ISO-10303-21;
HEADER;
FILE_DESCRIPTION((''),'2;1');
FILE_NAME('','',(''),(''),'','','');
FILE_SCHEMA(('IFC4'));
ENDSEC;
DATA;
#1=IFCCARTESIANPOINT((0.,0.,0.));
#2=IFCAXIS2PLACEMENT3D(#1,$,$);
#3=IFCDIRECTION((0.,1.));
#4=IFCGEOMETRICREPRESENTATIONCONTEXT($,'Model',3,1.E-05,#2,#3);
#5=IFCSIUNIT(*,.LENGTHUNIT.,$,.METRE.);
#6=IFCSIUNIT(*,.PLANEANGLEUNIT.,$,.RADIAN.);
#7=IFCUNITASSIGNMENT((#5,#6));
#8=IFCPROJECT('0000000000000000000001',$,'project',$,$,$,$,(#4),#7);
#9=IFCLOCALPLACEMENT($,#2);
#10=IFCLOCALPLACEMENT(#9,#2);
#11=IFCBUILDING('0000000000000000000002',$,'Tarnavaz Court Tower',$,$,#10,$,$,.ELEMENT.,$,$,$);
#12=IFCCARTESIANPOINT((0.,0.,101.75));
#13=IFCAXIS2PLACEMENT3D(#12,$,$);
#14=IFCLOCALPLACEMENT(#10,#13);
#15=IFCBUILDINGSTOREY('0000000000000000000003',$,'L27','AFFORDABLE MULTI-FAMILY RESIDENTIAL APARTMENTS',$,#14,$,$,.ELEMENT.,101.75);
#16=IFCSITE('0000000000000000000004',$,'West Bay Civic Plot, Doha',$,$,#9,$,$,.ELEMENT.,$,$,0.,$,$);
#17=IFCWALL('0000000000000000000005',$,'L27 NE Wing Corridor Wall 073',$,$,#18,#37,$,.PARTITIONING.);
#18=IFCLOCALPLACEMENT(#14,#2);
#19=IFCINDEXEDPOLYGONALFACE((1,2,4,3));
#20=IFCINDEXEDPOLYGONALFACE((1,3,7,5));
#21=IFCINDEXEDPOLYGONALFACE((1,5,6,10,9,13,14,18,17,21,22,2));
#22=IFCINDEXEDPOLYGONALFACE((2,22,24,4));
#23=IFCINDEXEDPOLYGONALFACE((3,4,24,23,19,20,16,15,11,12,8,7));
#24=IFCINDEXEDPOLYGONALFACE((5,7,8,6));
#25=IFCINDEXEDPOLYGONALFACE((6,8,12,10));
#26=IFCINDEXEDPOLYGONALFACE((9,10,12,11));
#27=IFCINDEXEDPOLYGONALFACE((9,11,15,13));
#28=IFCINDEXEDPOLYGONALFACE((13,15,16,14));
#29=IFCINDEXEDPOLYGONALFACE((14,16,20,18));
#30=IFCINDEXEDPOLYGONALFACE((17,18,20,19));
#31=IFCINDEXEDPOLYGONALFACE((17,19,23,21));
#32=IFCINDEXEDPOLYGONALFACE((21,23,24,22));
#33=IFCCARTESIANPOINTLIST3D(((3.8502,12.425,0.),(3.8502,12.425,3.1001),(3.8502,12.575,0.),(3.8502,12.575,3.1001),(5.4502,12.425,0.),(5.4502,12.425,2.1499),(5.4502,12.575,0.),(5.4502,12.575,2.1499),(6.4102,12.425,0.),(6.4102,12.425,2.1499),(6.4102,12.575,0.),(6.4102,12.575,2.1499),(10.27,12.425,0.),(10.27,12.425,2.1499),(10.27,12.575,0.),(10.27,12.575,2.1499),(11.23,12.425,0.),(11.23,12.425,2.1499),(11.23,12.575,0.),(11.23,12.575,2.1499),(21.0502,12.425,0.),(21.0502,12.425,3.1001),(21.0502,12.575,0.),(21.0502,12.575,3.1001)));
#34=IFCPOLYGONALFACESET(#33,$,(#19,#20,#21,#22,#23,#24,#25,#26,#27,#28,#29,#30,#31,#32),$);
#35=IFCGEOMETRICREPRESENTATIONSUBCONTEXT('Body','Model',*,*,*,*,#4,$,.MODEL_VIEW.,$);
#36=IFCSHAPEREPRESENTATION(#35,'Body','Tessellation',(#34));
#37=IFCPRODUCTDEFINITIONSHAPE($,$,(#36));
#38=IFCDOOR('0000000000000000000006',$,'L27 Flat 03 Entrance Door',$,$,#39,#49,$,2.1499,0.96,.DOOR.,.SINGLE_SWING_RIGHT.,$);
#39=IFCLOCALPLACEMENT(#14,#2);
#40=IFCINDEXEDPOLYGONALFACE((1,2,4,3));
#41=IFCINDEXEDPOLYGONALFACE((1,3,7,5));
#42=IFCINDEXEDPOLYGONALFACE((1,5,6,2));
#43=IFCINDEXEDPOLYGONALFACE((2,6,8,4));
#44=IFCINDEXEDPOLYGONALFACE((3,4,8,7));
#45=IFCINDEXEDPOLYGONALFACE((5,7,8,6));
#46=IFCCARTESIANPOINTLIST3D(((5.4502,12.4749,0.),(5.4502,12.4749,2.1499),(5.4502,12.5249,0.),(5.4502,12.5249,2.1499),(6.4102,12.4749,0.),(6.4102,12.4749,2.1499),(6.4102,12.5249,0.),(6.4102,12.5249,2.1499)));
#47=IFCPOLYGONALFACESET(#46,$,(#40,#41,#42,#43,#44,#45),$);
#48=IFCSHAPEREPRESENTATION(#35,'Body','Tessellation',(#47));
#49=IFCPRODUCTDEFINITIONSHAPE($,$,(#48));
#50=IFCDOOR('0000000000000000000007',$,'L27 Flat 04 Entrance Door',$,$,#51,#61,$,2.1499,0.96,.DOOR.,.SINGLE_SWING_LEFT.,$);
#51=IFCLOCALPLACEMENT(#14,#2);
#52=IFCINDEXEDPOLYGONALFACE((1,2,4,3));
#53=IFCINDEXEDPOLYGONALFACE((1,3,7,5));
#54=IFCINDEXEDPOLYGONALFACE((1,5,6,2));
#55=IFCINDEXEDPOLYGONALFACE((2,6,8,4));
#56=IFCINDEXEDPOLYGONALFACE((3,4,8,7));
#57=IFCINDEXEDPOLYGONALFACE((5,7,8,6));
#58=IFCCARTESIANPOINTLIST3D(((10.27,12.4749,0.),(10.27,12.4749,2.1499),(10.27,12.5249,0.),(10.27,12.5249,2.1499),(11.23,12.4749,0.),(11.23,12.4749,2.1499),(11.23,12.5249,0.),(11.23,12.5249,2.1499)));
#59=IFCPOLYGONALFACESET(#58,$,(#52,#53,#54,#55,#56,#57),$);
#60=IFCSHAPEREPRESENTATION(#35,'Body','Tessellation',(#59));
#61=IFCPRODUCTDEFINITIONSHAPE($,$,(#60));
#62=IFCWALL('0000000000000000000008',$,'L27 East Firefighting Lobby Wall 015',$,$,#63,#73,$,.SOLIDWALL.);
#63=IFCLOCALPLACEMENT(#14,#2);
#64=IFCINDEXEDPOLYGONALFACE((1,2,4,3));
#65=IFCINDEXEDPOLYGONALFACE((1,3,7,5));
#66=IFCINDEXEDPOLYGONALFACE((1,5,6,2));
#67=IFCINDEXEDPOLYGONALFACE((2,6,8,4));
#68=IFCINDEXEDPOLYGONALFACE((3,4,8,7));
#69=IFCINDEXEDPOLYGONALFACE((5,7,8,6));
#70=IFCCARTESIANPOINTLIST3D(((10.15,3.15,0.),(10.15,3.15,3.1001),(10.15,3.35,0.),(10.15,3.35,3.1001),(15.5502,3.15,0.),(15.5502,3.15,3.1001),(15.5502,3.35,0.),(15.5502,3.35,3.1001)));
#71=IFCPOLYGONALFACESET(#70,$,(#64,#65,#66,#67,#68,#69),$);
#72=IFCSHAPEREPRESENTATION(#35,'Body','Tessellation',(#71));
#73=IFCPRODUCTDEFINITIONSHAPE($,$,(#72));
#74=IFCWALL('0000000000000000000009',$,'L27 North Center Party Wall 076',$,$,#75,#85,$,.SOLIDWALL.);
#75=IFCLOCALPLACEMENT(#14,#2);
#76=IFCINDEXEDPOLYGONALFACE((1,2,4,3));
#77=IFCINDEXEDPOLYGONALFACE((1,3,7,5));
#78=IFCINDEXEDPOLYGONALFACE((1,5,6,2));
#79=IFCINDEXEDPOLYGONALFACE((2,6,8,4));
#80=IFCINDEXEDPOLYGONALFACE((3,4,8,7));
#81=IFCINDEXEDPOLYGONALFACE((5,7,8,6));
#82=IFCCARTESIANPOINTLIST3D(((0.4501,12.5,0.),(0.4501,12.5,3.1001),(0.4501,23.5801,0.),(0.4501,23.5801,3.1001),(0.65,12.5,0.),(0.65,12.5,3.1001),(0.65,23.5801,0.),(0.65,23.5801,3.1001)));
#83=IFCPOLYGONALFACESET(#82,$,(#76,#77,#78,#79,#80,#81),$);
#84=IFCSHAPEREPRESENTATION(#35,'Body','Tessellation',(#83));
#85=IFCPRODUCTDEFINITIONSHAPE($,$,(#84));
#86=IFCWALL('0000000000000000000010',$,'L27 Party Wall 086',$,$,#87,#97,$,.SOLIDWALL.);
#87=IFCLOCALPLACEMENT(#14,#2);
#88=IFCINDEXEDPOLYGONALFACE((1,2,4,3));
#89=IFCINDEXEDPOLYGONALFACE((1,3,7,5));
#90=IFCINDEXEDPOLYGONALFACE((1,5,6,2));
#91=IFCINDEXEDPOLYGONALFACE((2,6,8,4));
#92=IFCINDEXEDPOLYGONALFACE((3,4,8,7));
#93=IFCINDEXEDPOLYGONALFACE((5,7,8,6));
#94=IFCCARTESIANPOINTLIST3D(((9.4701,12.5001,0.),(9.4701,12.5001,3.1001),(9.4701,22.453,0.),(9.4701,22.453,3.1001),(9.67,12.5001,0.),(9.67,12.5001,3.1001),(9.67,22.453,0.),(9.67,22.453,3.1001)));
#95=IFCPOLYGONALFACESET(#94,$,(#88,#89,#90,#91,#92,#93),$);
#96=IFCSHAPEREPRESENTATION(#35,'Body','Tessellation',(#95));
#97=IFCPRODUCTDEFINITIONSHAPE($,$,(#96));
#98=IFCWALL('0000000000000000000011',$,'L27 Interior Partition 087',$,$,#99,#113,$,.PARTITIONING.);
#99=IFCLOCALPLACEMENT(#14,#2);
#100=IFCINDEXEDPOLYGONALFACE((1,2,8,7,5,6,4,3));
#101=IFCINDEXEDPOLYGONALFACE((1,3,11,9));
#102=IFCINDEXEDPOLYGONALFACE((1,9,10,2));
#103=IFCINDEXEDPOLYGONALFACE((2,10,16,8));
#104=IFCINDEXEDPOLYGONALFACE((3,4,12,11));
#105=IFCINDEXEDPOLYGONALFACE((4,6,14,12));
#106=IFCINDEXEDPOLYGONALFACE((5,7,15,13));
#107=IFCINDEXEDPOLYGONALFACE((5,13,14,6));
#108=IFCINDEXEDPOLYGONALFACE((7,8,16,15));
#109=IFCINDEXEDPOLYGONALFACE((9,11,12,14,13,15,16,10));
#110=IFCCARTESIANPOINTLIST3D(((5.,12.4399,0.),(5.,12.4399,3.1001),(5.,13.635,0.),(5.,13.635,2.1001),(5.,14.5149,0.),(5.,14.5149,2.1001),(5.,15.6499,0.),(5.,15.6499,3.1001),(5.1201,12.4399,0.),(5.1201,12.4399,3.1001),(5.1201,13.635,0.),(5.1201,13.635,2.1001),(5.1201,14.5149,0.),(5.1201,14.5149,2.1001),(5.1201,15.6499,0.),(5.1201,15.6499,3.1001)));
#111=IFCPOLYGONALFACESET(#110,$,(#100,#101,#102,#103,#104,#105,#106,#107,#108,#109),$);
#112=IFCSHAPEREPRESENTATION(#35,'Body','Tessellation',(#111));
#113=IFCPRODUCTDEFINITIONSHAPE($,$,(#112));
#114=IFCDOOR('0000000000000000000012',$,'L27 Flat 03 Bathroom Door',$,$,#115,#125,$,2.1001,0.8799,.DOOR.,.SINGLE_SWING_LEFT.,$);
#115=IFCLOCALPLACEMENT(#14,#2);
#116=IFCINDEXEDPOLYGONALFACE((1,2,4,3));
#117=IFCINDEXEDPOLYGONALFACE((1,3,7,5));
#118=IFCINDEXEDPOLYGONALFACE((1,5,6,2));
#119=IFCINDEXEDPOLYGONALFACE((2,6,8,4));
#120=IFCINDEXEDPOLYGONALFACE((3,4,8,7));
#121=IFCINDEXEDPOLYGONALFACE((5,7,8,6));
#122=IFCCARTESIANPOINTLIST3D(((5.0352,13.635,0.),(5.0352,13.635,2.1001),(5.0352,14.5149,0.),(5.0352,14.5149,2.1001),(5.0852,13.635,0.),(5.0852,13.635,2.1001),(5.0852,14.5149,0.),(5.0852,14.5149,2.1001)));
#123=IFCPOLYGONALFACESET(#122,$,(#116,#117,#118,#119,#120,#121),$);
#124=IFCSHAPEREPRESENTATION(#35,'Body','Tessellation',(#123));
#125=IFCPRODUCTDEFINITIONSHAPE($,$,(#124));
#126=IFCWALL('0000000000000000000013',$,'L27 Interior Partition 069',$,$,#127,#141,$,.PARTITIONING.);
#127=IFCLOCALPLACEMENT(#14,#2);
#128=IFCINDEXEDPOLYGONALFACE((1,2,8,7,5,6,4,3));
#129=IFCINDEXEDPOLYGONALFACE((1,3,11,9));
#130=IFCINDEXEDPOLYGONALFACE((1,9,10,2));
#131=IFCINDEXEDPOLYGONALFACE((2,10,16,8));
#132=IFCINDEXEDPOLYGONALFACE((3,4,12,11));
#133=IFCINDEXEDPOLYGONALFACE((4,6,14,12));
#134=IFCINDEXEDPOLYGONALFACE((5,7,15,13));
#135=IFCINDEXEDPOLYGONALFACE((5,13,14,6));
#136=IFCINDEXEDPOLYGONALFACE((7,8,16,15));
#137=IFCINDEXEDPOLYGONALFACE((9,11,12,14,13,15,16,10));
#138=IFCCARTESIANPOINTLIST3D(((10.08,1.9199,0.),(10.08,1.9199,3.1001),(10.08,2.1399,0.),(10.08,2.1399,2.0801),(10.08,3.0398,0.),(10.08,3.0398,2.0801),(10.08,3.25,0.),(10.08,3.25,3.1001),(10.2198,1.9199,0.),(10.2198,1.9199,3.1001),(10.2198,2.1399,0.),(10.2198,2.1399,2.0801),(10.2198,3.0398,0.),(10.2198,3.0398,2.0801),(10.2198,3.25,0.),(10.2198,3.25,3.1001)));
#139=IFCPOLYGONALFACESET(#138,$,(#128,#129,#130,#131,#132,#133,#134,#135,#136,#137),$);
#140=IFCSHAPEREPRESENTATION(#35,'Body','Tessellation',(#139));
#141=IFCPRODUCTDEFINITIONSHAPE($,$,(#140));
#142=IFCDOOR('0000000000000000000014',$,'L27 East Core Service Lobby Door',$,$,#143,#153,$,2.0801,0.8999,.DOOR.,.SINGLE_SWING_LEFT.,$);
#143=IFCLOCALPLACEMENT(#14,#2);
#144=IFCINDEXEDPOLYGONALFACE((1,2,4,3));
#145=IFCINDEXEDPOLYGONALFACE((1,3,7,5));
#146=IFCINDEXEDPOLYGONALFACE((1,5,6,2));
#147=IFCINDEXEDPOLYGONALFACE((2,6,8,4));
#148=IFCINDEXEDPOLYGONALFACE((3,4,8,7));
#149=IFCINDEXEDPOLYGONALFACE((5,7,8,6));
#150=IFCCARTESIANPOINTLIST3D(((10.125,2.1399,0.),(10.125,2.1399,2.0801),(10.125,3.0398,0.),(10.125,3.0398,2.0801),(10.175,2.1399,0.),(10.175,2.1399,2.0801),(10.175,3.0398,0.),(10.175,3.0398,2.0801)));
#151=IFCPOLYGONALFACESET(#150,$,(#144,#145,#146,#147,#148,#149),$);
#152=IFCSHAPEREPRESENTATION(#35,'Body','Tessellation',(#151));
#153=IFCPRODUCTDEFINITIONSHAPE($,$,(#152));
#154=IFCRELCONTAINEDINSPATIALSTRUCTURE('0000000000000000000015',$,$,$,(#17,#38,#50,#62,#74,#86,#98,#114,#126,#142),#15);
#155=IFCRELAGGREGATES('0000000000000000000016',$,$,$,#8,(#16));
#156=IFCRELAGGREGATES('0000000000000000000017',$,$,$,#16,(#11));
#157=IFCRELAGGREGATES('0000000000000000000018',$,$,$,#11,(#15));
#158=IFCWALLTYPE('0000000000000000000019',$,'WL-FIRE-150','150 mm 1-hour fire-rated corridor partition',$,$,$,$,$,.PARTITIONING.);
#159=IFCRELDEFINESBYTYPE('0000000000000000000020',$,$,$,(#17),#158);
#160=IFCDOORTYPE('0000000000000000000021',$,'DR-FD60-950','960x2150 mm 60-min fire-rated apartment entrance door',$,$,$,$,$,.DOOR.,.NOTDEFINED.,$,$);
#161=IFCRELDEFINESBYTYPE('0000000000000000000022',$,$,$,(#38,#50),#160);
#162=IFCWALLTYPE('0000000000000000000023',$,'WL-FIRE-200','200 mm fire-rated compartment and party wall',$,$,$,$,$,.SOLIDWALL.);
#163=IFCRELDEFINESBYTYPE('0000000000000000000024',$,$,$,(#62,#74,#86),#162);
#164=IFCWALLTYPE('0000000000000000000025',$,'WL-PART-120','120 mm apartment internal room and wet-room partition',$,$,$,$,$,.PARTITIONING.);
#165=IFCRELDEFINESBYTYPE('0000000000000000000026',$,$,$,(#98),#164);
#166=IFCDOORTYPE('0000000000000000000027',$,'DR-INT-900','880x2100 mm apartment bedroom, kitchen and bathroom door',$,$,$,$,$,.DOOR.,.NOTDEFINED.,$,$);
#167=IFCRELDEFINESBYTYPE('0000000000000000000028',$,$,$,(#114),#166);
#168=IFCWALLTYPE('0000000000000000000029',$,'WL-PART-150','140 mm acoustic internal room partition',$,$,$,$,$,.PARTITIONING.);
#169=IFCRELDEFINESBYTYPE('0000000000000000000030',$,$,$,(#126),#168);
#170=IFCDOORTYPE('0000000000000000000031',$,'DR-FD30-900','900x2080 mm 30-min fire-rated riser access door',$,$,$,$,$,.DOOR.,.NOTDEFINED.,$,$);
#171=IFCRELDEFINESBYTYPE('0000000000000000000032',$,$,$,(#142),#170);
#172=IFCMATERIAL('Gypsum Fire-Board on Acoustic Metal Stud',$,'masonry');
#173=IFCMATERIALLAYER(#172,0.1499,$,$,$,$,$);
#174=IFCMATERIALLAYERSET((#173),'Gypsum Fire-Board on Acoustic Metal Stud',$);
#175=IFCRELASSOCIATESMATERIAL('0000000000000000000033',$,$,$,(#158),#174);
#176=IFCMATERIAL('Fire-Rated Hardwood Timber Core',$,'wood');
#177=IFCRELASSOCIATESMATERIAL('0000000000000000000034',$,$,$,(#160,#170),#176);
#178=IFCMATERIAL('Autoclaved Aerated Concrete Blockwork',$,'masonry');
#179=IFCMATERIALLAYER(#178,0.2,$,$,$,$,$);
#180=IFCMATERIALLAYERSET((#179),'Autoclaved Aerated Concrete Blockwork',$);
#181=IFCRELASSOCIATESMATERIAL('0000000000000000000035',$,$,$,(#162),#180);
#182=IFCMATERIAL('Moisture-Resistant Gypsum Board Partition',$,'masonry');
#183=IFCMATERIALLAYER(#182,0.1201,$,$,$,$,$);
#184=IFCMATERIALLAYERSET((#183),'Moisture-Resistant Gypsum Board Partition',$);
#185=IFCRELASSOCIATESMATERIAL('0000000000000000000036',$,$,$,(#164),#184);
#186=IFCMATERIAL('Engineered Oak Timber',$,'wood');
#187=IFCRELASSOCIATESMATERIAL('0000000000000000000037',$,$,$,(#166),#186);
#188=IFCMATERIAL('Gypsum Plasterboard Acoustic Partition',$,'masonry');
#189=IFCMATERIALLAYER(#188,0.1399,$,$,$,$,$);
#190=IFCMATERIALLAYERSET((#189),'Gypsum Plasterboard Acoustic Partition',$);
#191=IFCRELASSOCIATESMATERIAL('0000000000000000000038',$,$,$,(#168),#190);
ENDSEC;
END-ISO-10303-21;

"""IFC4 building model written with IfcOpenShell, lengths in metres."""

from ifc_helpers import new_model, si_unit, direction, frame, frame_2d, origin, place, context, subcontext, project, spatial, rectangle, extrude, material, layer, layer_set, type_object, element, fill, save


model = new_model("IFC4")

# Units and contexts
model_context = context("Model", 3, precision=1e-05, world=origin(), true_north=direction((0.0, 1.0)))
body_context = subcontext(model_context, "Body", "Model", "MODEL_VIEW")
ifc_project = project(units=[si_unit("LENGTHUNIT", "METRE"), si_unit("PLANEANGLEUNIT", "RADIAN")], contexts=[model_context])

# Site, building, storey
site_placement = place(None, origin())
site = spatial("IfcSite", under=ifc_project, at=site_placement, Name="West Bay Civic Plot, Doha", CompositionType="ELEMENT", RefElevation=0.0)
building_placement = place(site_placement, origin())
building = spatial("IfcBuilding", under=site, at=building_placement, Name="Tarnavaz Court Tower", CompositionType="ELEMENT")
storey_placement = place(building_placement, frame((0.0, 0.0, 101.75)))
storey = spatial("IfcBuildingStorey", under=building, at=storey_placement, Name="L27", Description="AFFORDABLE MULTI-FAMILY RESIDENTIAL APARTMENTS", CompositionType="ELEMENT", Elevation=101.75)

# Shared definitions
ifc_material_1 = material(Name="Fire-Rated Hardwood Timber Core", Category="wood")

# Wall, openings, doors
ifc_material_2 = material(Name="Gypsum Fire-Board on Acoustic Metal Stud", Category="masonry")
ifc_layer_1 = layer(ifc_material_2, 0.1499)
ifc_layer_set_1 = layer_set([ifc_layer_1], Name="Gypsum Fire-Board on Acoustic Metal Stud")
wall_type_1 = type_object("IfcWallType", Name="WL-FIRE-150", Description="150 mm 1-hour fire-rated corridor partition", PredefinedType="PARTITIONING", material=ifc_layer_set_1)
wall_1_placement = place(storey_placement, frame((3.8501, 12.5, 0.0), z_axis=(0.0, 0.0, 1.0), x_axis=(1.0, 0.0, 0.0)))
wall_1 = element("IfcWall", 1, at=wall_1_placement, inside=storey, type_object=wall_type_1, Name="L27 NE Wing Corridor Wall 073", PredefinedType="PARTITIONING", context=body_context, shape_type="SweptSolid", body=[
    extrude(rectangle(XDim=17.2, YDim=0.1499, at=frame_2d((8.6001, 0.0))), origin(), (0.0, 0.0, 1.0), 3.1001),
])
opening_1_placement = place(wall_1_placement, frame((1.6001, 0.0, 0.0)))
opening_1 = element("IfcOpeningElement", 2, at=opening_1_placement, cuts=wall_1, PredefinedType="OPENING", context=body_context, shape_type="SweptSolid", body=[
    extrude(rectangle(XDim=0.96, YDim=2.1499, at=frame_2d((0.48, 1.075))), frame((0.0, 0.085, 0.0), z_axis=(0.0, -1.0, 0.0), x_axis=(1.0, 0.0, 0.0)), (0.0, 0.0, 1.0), 0.1699),
])
opening_2_placement = place(wall_1_placement, frame((6.4199, 0.0, 0.0)))
opening_2 = element("IfcOpeningElement", 3, at=opening_2_placement, cuts=wall_1, PredefinedType="OPENING", context=body_context, shape_type="SweptSolid", body=[
    extrude(rectangle(XDim=0.96, YDim=2.1499, at=frame_2d((0.48, 1.075))), frame((0.0, 0.085, 0.0), z_axis=(0.0, -1.0, 0.0), x_axis=(1.0, 0.0, 0.0)), (0.0, 0.0, 1.0), 0.1699),
])
door_type_1 = type_object("IfcDoorType", Name="DR-FD60-950", Description="960x2150 mm 60-min fire-rated apartment entrance door", OperationType="NOTDEFINED", PredefinedType="DOOR", material=ifc_material_1)
door_1_placement = place(opening_1_placement, origin())
door_1 = element("IfcDoor", 4, at=door_1_placement, inside=storey, type_object=door_type_1, Name="L27 Flat 03 Entrance Door", OperationType="SINGLE_SWING_RIGHT", OverallHeight=2.1499, OverallWidth=0.96, PredefinedType="DOOR", context=body_context, shape_type="SweptSolid", body=[
    extrude(rectangle(XDim=0.96, YDim=2.1499, at=frame_2d((0.48, 1.075))), frame((0.0, 0.0249, 0.0), z_axis=(0.0, -1.0, 0.0), x_axis=(1.0, 0.0, 0.0)), (0.0, 0.0, 1.0), 0.05),
])
fill(opening_1, door_1)
door_2_placement = place(opening_2_placement, origin())
door_2 = element("IfcDoor", 5, at=door_2_placement, inside=storey, type_object=door_type_1, Name="L27 Flat 04 Entrance Door", OperationType="SINGLE_SWING_LEFT", OverallHeight=2.1499, OverallWidth=0.96, PredefinedType="DOOR", context=body_context, shape_type="SweptSolid", body=[
    extrude(rectangle(XDim=0.96, YDim=2.1499, at=frame_2d((0.48, 1.075))), frame((0.0, 0.0249, 0.0), z_axis=(0.0, -1.0, 0.0), x_axis=(1.0, 0.0, 0.0)), (0.0, 0.0, 1.0), 0.05),
])
fill(opening_2, door_2)

# Wall
ifc_material_3 = material(Name="Autoclaved Aerated Concrete Blockwork", Category="masonry")
ifc_layer_2 = layer(ifc_material_3, 0.2)
ifc_layer_set_2 = layer_set([ifc_layer_2], Name="Autoclaved Aerated Concrete Blockwork")
wall_type_2 = type_object("IfcWallType", Name="WL-FIRE-200", Description="200 mm fire-rated compartment and party wall", PredefinedType="SOLIDWALL", material=ifc_layer_set_2)
wall_2_placement = place(storey_placement, frame((10.1499, 3.25, 0.0), z_axis=(0.0, 0.0, 1.0), x_axis=(1.0, 0.0, 0.0)))
element("IfcWall", 6, at=wall_2_placement, inside=storey, type_object=wall_type_2, Name="L27 East Firefighting Lobby Wall 015", PredefinedType="SOLIDWALL", context=body_context, shape_type="SweptSolid", body=[
    extrude(rectangle(XDim=5.4001, YDim=0.2, at=frame_2d((2.7002, 0.0))), origin(), (0.0, 0.0, 1.0), 3.1001),
])

# Walls
wall_3_placement = place(storey_placement, frame((0.55, 12.5, 0.0), z_axis=(0.0, 0.0, 1.0), x_axis=(0.0, 1.0, 0.0)))
element("IfcWall", 7, at=wall_3_placement, inside=storey, type_object=wall_type_2, Name="L27 North Center Party Wall 076", PredefinedType="SOLIDWALL", context=body_context, shape_type="SweptSolid", body=[
    extrude(rectangle(XDim=11.0801, YDim=0.2, at=frame_2d((5.54, 0.0))), origin(), (0.0, 0.0, 1.0), 3.1001),
])
wall_4_placement = place(storey_placement, frame((9.5701, 12.5, 0.0), z_axis=(0.0, 0.0, 1.0), x_axis=(0.0, 1.0, 0.0)))
element("IfcWall", 8, at=wall_4_placement, inside=storey, type_object=wall_type_2, Name="L27 Party Wall 086", PredefinedType="SOLIDWALL", context=body_context, shape_type="SweptSolid", body=[
    extrude(rectangle(XDim=9.9529, YDim=0.2, at=frame_2d((4.9766, 0.0))), origin(), (0.0, 0.0, 1.0), 3.1001),
])

# Walls, openings, doors
ifc_material_4 = material(Name="Moisture-Resistant Gypsum Board Partition", Category="masonry")
ifc_layer_3 = layer(ifc_material_4, 0.1201)
ifc_layer_set_3 = layer_set([ifc_layer_3], Name="Moisture-Resistant Gypsum Board Partition")
wall_type_3 = type_object("IfcWallType", Name="WL-PART-120", Description="120 mm apartment internal room and wet-room partition", PredefinedType="PARTITIONING", material=ifc_layer_set_3)
wall_5_placement = place(storey_placement, frame((5.0601, 12.4399, 0.0), z_axis=(0.0, 0.0, 1.0), x_axis=(0.0, 1.0, 0.0)))
wall_5 = element("IfcWall", 9, at=wall_5_placement, inside=storey, type_object=wall_type_3, Name="L27 Interior Partition 087", PredefinedType="PARTITIONING", context=body_context, shape_type="SweptSolid", body=[
    extrude(rectangle(XDim=3.21, YDim=0.1201, at=frame_2d((1.605, 0.0))), origin(), (0.0, 0.0, 1.0), 3.1001),
])
opening_3_placement = place(wall_5_placement, frame((1.1951, 0.0, 0.0)))
opening_3 = element("IfcOpeningElement", 10, at=opening_3_placement, cuts=wall_5, PredefinedType="OPENING", context=body_context, shape_type="SweptSolid", body=[
    extrude(rectangle(XDim=0.8799, YDim=2.1001, at=frame_2d((0.4399, 1.05))), frame((0.0, 0.0701, 0.0), z_axis=(0.0, -1.0, 0.0), x_axis=(1.0, 0.0, 0.0)), (0.0, 0.0, 1.0), 0.1401),
])
ifc_material_5 = material(Name="Engineered Oak Timber", Category="wood")
door_type_2 = type_object("IfcDoorType", Name="DR-INT-900", Description="880x2100 mm apartment bedroom, kitchen and bathroom door", OperationType="NOTDEFINED", PredefinedType="DOOR", material=ifc_material_5)
door_3_placement = place(opening_3_placement, origin())
door_3 = element("IfcDoor", 11, at=door_3_placement, inside=storey, type_object=door_type_2, Name="L27 Flat 03 Bathroom Door", OperationType="SINGLE_SWING_LEFT", OverallHeight=2.1001, OverallWidth=0.8799, PredefinedType="DOOR", context=body_context, shape_type="SweptSolid", body=[
    extrude(rectangle(XDim=0.8799, YDim=2.1001, at=frame_2d((0.4399, 1.05))), frame((0.0, 0.0249, 0.0), z_axis=(0.0, -1.0, 0.0), x_axis=(1.0, 0.0, 0.0)), (0.0, 0.0, 1.0), 0.05),
])
fill(opening_3, door_3)
ifc_material_6 = material(Name="Gypsum Plasterboard Acoustic Partition", Category="masonry")
ifc_layer_4 = layer(ifc_material_6, 0.1399)
ifc_layer_set_4 = layer_set([ifc_layer_4], Name="Gypsum Plasterboard Acoustic Partition")
wall_type_4 = type_object("IfcWallType", Name="WL-PART-150", Description="140 mm acoustic internal room partition", PredefinedType="PARTITIONING", material=ifc_layer_set_4)
wall_6_placement = place(storey_placement, frame((10.1499, 1.9199, 0.0), z_axis=(0.0, 0.0, 1.0), x_axis=(0.0, 1.0, 0.0)))
wall_6 = element("IfcWall", 12, at=wall_6_placement, inside=storey, type_object=wall_type_4, Name="L27 Interior Partition 069", PredefinedType="PARTITIONING", context=body_context, shape_type="SweptSolid", body=[
    extrude(rectangle(XDim=1.3301, YDim=0.1399, at=frame_2d((0.665, 0.0))), origin(), (0.0, 0.0, 1.0), 3.1001),
])
opening_4_placement = place(wall_6_placement, frame((0.22, 0.0, 0.0)))
opening_4 = element("IfcOpeningElement", 13, at=opening_4_placement, cuts=wall_6, PredefinedType="OPENING", context=body_context, shape_type="SweptSolid", body=[
    extrude(rectangle(XDim=0.8999, YDim=2.0801, at=frame_2d((0.45, 1.04))), frame((0.0, 0.0798, 0.0), z_axis=(0.0, -1.0, 0.0), x_axis=(1.0, 0.0, 0.0)), (0.0, 0.0, 1.0), 0.1599),
])
door_type_3 = type_object("IfcDoorType", Name="DR-FD30-900", Description="900x2080 mm 30-min fire-rated riser access door", OperationType="NOTDEFINED", PredefinedType="DOOR", material=ifc_material_1)
door_4_placement = place(opening_4_placement, origin())
door_4 = element("IfcDoor", 14, at=door_4_placement, inside=storey, type_object=door_type_3, Name="L27 East Core Service Lobby Door", OperationType="SINGLE_SWING_LEFT", OverallHeight=2.0801, OverallWidth=0.8999, PredefinedType="DOOR", context=body_context, shape_type="SweptSolid", body=[
    extrude(rectangle(XDim=0.8999, YDim=2.0801, at=frame_2d((0.45, 1.04))), frame((0.0, 0.0249, 0.0), z_axis=(0.0, -1.0, 0.0), x_axis=(1.0, 0.0, 0.0)), (0.0, 0.0, 1.0), 0.05),
])
fill(opening_4, door_4)

save(model, "model.ifc")
